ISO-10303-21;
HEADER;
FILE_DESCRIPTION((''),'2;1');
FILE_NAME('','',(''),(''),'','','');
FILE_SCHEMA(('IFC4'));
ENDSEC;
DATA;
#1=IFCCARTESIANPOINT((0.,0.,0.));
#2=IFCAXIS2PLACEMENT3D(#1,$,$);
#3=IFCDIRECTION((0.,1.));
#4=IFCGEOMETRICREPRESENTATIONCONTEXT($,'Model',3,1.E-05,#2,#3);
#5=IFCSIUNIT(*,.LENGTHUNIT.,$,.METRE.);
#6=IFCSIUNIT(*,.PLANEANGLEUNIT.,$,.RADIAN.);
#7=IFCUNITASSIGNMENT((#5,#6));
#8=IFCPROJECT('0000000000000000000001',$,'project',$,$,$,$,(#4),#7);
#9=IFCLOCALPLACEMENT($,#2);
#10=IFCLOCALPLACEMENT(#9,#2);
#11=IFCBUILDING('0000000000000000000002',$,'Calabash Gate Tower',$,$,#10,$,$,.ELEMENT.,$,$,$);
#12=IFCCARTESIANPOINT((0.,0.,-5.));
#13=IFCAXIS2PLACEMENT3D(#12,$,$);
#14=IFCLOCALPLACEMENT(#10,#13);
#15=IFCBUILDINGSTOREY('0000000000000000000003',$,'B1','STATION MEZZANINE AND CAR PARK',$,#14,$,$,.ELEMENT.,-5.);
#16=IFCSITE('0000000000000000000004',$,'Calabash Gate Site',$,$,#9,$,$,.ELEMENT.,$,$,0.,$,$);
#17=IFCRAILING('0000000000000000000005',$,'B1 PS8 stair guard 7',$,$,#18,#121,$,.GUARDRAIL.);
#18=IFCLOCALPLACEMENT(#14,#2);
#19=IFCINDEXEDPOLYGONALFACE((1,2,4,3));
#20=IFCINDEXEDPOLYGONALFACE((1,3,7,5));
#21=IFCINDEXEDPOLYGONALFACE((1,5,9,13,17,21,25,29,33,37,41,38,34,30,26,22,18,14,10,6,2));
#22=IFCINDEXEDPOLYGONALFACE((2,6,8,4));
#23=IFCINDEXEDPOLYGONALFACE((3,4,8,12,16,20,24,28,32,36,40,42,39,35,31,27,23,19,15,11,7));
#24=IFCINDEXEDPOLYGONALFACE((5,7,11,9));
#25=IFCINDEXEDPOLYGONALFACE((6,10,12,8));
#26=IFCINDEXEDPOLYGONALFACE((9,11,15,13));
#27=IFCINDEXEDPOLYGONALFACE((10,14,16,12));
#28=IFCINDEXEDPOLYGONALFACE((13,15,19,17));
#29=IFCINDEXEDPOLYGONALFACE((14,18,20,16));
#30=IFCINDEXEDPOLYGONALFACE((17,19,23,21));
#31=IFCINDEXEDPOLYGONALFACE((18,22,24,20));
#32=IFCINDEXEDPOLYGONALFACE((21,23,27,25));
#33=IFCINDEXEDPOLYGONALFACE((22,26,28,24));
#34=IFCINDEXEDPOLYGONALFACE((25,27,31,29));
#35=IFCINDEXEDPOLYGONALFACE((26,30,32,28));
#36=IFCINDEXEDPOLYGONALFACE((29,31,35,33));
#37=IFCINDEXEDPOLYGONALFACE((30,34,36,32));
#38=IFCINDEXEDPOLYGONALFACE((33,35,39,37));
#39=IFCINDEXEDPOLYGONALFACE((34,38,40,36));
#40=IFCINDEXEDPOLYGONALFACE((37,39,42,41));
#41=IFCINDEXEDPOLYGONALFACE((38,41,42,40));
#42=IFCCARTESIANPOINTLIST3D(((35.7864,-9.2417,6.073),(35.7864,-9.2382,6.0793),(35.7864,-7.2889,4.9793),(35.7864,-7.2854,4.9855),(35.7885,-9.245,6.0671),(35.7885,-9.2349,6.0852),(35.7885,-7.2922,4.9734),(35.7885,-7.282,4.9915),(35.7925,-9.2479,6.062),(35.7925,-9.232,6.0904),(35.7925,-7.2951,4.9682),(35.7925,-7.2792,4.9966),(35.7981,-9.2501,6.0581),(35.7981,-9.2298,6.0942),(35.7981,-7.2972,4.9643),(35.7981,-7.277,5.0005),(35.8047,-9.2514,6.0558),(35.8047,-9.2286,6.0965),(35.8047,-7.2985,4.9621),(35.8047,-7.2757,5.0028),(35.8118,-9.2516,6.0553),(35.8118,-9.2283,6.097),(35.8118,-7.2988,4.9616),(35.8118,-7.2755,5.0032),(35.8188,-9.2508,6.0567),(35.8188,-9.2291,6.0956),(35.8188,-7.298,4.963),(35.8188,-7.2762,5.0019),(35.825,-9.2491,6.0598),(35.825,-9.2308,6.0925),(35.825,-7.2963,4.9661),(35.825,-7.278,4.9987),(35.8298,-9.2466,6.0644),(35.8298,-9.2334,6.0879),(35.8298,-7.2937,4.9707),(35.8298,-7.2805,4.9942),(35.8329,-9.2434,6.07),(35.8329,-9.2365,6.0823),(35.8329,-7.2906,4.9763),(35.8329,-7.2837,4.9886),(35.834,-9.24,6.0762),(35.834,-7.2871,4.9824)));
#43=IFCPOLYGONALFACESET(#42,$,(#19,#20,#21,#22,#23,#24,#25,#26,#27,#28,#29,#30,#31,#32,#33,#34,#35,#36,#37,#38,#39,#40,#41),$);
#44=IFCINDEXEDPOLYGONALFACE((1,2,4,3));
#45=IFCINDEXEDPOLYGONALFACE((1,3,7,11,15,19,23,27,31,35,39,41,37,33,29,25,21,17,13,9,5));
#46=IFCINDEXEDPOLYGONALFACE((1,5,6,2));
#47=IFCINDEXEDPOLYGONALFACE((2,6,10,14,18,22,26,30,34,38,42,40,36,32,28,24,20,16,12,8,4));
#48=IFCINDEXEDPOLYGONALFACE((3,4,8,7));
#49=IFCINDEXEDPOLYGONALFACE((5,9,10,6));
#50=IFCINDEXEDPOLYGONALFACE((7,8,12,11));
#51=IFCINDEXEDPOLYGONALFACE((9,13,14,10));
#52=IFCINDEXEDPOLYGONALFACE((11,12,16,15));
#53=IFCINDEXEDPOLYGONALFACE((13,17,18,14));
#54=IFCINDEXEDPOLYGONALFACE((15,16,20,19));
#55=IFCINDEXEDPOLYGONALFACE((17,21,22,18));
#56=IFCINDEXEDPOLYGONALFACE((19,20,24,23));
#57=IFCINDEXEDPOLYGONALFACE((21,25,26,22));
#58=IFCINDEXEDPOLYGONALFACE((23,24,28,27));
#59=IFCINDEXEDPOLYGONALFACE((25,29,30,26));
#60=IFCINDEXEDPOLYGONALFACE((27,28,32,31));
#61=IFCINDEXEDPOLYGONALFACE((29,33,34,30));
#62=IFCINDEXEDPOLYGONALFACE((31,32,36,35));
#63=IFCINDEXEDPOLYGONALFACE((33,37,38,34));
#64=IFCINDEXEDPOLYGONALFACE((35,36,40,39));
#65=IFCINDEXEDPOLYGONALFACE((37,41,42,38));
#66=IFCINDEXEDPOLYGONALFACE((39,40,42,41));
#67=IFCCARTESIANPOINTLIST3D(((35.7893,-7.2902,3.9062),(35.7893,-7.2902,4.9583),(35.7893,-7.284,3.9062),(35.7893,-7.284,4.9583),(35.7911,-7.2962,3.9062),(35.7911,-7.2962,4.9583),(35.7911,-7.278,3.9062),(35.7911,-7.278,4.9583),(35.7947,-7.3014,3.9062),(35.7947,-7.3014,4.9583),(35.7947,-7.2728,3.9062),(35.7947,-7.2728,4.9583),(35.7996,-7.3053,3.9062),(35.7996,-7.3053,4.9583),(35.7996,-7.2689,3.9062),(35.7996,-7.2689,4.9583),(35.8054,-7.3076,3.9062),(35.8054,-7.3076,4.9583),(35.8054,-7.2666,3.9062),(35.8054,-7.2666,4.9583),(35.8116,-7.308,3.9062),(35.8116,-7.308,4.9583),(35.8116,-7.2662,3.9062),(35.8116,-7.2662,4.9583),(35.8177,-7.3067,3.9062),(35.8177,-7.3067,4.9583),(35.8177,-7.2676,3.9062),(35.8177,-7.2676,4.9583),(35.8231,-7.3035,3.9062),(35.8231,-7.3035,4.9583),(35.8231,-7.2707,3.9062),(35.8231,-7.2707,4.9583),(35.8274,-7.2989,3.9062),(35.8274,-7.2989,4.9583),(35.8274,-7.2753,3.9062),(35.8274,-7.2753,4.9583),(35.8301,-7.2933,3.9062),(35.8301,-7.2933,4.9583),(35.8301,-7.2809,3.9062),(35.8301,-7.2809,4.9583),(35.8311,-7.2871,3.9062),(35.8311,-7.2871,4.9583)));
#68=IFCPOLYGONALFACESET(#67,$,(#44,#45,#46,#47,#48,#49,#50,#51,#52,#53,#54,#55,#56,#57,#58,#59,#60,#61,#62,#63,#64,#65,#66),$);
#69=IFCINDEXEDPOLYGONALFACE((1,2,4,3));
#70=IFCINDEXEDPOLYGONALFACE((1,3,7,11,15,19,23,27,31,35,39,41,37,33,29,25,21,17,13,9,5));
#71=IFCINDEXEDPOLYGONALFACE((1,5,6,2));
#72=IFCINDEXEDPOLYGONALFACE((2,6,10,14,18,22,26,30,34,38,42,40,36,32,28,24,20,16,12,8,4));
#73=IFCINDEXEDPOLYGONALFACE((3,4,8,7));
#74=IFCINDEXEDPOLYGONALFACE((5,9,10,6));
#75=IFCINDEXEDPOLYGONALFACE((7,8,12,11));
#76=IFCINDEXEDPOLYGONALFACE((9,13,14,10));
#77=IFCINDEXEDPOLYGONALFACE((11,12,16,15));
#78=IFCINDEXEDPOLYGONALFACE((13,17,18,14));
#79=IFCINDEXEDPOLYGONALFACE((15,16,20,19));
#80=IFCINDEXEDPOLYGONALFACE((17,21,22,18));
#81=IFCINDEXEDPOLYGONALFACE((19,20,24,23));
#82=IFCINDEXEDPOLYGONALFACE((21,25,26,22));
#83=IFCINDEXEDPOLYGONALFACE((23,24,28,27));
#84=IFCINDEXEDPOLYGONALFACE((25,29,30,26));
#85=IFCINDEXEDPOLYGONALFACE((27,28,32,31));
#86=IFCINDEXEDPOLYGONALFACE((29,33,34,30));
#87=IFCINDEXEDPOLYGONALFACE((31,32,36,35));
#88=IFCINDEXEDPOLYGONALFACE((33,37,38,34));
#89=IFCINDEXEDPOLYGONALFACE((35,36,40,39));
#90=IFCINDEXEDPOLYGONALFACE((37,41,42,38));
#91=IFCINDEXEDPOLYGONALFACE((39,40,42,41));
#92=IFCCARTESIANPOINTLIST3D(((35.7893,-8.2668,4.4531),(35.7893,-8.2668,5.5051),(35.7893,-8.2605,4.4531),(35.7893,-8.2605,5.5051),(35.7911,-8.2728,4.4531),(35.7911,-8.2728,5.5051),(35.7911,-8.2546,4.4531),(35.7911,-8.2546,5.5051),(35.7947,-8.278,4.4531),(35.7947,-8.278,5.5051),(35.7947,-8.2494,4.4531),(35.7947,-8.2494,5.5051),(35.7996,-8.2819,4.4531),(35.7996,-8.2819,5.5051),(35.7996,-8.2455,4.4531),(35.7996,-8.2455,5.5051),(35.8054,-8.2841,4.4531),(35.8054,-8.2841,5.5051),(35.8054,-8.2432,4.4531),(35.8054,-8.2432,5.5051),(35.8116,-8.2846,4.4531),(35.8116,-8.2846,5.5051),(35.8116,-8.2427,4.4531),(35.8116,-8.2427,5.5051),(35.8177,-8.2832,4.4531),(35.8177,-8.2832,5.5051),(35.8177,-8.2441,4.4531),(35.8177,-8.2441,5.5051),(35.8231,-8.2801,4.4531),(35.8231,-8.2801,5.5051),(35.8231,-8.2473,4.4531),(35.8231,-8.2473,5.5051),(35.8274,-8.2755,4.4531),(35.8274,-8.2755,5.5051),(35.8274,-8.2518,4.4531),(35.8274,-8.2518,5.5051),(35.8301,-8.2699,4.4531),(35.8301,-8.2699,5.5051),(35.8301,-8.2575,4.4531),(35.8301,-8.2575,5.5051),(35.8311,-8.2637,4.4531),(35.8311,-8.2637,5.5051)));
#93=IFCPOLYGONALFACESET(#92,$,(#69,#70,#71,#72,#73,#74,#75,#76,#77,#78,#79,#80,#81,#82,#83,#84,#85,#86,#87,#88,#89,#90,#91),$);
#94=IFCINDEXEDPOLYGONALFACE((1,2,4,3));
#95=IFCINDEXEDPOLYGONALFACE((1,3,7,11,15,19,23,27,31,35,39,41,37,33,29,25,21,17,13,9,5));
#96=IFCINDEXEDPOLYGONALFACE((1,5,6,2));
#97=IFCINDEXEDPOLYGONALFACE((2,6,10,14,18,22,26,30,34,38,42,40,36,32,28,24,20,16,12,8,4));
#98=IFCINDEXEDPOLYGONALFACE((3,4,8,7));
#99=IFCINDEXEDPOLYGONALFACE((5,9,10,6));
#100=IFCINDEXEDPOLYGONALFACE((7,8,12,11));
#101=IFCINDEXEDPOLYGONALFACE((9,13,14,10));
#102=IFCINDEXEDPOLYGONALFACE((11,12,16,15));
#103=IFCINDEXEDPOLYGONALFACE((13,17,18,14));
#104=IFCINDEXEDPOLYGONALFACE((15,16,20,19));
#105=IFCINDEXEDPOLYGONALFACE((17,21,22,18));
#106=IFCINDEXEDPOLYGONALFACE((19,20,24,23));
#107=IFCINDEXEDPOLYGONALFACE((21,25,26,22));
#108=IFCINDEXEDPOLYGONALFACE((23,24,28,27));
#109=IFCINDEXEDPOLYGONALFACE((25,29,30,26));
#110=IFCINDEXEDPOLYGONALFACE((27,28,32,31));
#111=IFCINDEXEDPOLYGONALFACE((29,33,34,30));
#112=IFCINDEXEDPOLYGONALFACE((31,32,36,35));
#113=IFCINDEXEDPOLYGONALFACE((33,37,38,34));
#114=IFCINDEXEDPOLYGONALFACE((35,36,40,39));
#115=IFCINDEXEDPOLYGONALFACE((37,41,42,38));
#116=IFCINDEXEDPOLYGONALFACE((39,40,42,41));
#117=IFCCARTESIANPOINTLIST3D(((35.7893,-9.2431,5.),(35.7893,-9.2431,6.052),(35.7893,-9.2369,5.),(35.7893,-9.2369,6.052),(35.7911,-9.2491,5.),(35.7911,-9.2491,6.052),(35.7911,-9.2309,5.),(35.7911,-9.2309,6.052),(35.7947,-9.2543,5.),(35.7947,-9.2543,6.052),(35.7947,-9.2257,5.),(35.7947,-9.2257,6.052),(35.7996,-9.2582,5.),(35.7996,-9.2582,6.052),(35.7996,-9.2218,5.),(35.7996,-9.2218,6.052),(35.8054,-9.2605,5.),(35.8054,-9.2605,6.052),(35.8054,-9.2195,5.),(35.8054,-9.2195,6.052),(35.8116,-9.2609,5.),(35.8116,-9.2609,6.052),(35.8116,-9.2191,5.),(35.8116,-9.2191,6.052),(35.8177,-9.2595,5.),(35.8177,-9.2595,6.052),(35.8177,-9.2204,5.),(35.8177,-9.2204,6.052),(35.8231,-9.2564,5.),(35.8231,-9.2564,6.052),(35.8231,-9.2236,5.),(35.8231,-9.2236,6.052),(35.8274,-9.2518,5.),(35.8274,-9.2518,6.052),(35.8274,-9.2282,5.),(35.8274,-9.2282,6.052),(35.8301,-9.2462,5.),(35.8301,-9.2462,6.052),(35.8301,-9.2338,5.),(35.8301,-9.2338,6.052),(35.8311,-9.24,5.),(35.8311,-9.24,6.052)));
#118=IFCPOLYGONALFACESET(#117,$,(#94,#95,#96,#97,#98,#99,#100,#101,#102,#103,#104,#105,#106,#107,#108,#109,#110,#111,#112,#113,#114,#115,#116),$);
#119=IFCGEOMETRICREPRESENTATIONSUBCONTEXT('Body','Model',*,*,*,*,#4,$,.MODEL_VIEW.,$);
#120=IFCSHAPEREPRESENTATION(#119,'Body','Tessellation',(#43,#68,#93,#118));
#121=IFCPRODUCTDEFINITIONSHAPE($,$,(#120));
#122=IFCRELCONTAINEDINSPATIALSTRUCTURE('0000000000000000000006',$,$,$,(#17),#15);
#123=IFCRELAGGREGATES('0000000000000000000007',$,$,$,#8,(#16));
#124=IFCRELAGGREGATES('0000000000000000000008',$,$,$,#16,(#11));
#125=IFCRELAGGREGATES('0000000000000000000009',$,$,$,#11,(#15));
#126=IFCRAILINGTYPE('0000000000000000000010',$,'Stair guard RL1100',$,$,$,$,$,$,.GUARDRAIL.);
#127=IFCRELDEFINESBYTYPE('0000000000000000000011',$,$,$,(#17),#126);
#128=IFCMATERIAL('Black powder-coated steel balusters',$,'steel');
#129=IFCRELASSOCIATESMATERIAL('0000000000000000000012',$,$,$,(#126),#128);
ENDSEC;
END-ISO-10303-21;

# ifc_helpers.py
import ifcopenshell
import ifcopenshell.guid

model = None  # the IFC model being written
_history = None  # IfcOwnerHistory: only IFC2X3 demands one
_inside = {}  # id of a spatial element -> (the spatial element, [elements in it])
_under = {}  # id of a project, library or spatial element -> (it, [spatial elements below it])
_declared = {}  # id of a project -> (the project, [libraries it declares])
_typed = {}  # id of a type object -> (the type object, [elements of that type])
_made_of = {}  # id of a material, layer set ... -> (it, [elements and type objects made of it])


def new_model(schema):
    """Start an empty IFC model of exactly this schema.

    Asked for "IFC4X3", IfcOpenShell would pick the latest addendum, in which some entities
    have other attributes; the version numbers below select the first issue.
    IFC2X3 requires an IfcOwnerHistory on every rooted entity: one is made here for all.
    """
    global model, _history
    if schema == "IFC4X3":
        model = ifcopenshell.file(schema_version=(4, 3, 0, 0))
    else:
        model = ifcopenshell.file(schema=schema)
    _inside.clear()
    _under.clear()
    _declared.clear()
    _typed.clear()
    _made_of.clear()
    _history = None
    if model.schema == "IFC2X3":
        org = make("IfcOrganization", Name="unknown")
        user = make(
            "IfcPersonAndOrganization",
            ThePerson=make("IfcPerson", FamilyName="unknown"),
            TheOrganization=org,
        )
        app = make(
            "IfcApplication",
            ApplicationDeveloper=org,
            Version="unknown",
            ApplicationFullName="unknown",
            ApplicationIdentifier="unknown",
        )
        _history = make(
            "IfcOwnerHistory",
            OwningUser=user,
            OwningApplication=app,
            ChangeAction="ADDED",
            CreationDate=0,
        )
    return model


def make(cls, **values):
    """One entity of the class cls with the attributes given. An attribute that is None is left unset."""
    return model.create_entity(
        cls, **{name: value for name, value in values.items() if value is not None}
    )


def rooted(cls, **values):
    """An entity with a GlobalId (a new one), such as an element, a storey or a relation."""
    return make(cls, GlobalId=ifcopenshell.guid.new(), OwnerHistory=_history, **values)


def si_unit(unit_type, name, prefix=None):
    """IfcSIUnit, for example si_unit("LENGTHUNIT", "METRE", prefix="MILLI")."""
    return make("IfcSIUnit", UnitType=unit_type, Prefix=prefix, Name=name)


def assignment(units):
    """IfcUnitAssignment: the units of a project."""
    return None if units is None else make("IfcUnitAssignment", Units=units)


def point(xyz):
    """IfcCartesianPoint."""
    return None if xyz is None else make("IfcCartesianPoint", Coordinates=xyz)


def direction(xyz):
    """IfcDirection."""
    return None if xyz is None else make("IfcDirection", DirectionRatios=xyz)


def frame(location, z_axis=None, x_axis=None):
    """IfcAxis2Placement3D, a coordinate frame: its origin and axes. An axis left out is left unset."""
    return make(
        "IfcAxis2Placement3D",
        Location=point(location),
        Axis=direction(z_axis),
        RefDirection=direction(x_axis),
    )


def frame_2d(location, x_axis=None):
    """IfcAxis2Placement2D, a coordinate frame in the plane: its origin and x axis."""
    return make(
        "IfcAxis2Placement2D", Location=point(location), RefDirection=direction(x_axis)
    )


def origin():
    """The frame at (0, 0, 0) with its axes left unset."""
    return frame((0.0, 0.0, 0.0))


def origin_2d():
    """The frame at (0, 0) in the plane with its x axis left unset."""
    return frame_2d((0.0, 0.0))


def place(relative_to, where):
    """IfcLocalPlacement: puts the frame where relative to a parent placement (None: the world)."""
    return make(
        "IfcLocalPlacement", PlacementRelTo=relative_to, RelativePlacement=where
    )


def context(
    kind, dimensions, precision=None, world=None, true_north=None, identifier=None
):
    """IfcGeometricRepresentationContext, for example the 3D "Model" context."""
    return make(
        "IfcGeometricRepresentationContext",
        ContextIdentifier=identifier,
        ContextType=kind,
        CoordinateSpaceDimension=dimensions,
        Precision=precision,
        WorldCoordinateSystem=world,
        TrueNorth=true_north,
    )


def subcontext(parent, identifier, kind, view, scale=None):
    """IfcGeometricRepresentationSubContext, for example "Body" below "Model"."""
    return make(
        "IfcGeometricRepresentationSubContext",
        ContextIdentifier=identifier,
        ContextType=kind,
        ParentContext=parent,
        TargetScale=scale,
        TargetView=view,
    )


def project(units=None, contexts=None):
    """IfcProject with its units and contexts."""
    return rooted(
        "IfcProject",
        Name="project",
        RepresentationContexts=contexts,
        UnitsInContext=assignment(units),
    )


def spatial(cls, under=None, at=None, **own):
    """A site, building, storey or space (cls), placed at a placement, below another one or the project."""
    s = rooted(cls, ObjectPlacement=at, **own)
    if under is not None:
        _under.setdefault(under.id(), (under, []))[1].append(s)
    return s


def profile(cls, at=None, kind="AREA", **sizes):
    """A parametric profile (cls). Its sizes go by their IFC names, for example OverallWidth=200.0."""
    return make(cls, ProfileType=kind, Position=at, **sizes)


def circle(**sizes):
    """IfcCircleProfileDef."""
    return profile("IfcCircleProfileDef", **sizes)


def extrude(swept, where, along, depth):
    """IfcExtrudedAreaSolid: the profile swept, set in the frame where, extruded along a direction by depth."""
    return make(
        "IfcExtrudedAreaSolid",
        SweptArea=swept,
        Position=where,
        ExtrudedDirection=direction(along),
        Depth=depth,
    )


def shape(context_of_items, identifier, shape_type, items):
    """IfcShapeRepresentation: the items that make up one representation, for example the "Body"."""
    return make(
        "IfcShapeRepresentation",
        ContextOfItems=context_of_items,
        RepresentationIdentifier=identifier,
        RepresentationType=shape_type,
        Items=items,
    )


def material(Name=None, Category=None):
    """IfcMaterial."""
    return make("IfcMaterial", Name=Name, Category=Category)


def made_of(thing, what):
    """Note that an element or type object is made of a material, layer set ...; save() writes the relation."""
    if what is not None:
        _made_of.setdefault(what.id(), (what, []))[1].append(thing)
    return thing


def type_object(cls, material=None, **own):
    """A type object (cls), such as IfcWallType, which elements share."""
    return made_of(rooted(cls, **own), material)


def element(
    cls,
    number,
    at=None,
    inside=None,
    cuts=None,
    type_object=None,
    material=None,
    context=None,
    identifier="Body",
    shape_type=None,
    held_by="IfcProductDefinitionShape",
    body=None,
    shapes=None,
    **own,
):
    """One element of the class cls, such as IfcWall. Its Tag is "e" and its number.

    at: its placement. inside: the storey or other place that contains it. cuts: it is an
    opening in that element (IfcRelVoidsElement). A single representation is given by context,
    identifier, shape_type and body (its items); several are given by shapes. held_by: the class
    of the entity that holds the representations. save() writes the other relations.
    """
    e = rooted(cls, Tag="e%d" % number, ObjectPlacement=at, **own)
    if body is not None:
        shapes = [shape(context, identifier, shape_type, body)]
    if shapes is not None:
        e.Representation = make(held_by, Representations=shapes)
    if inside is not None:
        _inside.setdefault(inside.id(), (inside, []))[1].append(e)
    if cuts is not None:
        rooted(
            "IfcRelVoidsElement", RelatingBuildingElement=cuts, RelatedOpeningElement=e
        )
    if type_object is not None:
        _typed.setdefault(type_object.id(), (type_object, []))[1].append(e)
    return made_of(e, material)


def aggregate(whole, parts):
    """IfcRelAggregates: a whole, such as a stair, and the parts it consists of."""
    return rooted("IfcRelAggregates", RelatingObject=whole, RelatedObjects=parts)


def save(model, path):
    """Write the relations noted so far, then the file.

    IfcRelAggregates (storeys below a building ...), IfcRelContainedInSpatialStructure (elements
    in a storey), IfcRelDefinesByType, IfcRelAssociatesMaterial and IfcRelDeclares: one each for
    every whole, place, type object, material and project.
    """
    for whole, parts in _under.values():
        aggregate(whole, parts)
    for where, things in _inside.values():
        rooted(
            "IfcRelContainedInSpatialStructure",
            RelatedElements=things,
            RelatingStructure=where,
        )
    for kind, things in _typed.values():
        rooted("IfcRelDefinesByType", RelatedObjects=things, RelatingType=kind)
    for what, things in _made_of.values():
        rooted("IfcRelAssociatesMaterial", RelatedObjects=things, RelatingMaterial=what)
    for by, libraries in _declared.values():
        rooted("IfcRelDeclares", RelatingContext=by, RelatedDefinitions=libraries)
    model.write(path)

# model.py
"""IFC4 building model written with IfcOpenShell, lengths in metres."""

from ifc_helpers import new_model, si_unit, direction, frame, origin, origin_2d, place, context, subcontext, project, spatial, circle, extrude, material, type_object, element, save


model = new_model("IFC4")

# Units and contexts
model_context = context("Model", 3, precision=1e-05, world=origin(), true_north=direction((0.0, 1.0)))
body_context = subcontext(model_context, "Body", "Model", "MODEL_VIEW")
ifc_project = project(units=[si_unit("LENGTHUNIT", "METRE"), si_unit("PLANEANGLEUNIT", "RADIAN")], contexts=[model_context])

# Site, building, storey
site_placement = place(None, origin())
site = spatial("IfcSite", under=ifc_project, at=site_placement, Name="Calabash Gate Site", CompositionType="ELEMENT", RefElevation=0.0)
building_placement = place(site_placement, origin())
building = spatial("IfcBuilding", under=site, at=building_placement, Name="Calabash Gate Tower", CompositionType="ELEMENT")
storey_placement = place(building_placement, frame((0.0, 0.0, -5.0)))
storey = spatial("IfcBuildingStorey", under=building, at=storey_placement, Name="B1", Description="STATION MEZZANINE AND CAR PARK", CompositionType="ELEMENT", Elevation=-5.0)

# Railing
ifc_material_1 = material(Name="Black powder-coated steel balusters", Category="steel")
railing_type_1 = type_object("IfcRailingType", Name="Stair guard RL1100", PredefinedType="GUARDRAIL", material=ifc_material_1)
railing_1_placement = place(storey_placement, frame((35.8101, -7.2871, 3.9062)))
element("IfcRailing", 1, at=railing_1_placement, inside=storey, type_object=railing_type_1, Name="B1 PS8 stair guard 7", PredefinedType="GUARDRAIL", context=body_context, shape_type="SweptSolid", body=[
    extrude(circle(Radius=0.0239, at=origin_2d()), frame((0.0, 0.0, 1.0762), z_axis=(0.0, -0.87248, 0.48865), x_axis=(1.0, 0.0, 0.0)), (0.0, 0.0, 1.0), 2.2383),
    extrude(circle(Radius=0.021, at=origin_2d()), origin(), (0.0, 0.0, 1.0), 1.052),
    extrude(circle(Radius=0.021, at=origin_2d()), frame((0.0, -0.9766, 0.5469)), (0.0, 0.0, 1.0), 1.052),
    extrude(circle(Radius=0.021, at=origin_2d()), frame((0.0, -1.9529, 1.0938)), (0.0, 0.0, 1.0), 1.052),
])

save(model, "model.ifc")
